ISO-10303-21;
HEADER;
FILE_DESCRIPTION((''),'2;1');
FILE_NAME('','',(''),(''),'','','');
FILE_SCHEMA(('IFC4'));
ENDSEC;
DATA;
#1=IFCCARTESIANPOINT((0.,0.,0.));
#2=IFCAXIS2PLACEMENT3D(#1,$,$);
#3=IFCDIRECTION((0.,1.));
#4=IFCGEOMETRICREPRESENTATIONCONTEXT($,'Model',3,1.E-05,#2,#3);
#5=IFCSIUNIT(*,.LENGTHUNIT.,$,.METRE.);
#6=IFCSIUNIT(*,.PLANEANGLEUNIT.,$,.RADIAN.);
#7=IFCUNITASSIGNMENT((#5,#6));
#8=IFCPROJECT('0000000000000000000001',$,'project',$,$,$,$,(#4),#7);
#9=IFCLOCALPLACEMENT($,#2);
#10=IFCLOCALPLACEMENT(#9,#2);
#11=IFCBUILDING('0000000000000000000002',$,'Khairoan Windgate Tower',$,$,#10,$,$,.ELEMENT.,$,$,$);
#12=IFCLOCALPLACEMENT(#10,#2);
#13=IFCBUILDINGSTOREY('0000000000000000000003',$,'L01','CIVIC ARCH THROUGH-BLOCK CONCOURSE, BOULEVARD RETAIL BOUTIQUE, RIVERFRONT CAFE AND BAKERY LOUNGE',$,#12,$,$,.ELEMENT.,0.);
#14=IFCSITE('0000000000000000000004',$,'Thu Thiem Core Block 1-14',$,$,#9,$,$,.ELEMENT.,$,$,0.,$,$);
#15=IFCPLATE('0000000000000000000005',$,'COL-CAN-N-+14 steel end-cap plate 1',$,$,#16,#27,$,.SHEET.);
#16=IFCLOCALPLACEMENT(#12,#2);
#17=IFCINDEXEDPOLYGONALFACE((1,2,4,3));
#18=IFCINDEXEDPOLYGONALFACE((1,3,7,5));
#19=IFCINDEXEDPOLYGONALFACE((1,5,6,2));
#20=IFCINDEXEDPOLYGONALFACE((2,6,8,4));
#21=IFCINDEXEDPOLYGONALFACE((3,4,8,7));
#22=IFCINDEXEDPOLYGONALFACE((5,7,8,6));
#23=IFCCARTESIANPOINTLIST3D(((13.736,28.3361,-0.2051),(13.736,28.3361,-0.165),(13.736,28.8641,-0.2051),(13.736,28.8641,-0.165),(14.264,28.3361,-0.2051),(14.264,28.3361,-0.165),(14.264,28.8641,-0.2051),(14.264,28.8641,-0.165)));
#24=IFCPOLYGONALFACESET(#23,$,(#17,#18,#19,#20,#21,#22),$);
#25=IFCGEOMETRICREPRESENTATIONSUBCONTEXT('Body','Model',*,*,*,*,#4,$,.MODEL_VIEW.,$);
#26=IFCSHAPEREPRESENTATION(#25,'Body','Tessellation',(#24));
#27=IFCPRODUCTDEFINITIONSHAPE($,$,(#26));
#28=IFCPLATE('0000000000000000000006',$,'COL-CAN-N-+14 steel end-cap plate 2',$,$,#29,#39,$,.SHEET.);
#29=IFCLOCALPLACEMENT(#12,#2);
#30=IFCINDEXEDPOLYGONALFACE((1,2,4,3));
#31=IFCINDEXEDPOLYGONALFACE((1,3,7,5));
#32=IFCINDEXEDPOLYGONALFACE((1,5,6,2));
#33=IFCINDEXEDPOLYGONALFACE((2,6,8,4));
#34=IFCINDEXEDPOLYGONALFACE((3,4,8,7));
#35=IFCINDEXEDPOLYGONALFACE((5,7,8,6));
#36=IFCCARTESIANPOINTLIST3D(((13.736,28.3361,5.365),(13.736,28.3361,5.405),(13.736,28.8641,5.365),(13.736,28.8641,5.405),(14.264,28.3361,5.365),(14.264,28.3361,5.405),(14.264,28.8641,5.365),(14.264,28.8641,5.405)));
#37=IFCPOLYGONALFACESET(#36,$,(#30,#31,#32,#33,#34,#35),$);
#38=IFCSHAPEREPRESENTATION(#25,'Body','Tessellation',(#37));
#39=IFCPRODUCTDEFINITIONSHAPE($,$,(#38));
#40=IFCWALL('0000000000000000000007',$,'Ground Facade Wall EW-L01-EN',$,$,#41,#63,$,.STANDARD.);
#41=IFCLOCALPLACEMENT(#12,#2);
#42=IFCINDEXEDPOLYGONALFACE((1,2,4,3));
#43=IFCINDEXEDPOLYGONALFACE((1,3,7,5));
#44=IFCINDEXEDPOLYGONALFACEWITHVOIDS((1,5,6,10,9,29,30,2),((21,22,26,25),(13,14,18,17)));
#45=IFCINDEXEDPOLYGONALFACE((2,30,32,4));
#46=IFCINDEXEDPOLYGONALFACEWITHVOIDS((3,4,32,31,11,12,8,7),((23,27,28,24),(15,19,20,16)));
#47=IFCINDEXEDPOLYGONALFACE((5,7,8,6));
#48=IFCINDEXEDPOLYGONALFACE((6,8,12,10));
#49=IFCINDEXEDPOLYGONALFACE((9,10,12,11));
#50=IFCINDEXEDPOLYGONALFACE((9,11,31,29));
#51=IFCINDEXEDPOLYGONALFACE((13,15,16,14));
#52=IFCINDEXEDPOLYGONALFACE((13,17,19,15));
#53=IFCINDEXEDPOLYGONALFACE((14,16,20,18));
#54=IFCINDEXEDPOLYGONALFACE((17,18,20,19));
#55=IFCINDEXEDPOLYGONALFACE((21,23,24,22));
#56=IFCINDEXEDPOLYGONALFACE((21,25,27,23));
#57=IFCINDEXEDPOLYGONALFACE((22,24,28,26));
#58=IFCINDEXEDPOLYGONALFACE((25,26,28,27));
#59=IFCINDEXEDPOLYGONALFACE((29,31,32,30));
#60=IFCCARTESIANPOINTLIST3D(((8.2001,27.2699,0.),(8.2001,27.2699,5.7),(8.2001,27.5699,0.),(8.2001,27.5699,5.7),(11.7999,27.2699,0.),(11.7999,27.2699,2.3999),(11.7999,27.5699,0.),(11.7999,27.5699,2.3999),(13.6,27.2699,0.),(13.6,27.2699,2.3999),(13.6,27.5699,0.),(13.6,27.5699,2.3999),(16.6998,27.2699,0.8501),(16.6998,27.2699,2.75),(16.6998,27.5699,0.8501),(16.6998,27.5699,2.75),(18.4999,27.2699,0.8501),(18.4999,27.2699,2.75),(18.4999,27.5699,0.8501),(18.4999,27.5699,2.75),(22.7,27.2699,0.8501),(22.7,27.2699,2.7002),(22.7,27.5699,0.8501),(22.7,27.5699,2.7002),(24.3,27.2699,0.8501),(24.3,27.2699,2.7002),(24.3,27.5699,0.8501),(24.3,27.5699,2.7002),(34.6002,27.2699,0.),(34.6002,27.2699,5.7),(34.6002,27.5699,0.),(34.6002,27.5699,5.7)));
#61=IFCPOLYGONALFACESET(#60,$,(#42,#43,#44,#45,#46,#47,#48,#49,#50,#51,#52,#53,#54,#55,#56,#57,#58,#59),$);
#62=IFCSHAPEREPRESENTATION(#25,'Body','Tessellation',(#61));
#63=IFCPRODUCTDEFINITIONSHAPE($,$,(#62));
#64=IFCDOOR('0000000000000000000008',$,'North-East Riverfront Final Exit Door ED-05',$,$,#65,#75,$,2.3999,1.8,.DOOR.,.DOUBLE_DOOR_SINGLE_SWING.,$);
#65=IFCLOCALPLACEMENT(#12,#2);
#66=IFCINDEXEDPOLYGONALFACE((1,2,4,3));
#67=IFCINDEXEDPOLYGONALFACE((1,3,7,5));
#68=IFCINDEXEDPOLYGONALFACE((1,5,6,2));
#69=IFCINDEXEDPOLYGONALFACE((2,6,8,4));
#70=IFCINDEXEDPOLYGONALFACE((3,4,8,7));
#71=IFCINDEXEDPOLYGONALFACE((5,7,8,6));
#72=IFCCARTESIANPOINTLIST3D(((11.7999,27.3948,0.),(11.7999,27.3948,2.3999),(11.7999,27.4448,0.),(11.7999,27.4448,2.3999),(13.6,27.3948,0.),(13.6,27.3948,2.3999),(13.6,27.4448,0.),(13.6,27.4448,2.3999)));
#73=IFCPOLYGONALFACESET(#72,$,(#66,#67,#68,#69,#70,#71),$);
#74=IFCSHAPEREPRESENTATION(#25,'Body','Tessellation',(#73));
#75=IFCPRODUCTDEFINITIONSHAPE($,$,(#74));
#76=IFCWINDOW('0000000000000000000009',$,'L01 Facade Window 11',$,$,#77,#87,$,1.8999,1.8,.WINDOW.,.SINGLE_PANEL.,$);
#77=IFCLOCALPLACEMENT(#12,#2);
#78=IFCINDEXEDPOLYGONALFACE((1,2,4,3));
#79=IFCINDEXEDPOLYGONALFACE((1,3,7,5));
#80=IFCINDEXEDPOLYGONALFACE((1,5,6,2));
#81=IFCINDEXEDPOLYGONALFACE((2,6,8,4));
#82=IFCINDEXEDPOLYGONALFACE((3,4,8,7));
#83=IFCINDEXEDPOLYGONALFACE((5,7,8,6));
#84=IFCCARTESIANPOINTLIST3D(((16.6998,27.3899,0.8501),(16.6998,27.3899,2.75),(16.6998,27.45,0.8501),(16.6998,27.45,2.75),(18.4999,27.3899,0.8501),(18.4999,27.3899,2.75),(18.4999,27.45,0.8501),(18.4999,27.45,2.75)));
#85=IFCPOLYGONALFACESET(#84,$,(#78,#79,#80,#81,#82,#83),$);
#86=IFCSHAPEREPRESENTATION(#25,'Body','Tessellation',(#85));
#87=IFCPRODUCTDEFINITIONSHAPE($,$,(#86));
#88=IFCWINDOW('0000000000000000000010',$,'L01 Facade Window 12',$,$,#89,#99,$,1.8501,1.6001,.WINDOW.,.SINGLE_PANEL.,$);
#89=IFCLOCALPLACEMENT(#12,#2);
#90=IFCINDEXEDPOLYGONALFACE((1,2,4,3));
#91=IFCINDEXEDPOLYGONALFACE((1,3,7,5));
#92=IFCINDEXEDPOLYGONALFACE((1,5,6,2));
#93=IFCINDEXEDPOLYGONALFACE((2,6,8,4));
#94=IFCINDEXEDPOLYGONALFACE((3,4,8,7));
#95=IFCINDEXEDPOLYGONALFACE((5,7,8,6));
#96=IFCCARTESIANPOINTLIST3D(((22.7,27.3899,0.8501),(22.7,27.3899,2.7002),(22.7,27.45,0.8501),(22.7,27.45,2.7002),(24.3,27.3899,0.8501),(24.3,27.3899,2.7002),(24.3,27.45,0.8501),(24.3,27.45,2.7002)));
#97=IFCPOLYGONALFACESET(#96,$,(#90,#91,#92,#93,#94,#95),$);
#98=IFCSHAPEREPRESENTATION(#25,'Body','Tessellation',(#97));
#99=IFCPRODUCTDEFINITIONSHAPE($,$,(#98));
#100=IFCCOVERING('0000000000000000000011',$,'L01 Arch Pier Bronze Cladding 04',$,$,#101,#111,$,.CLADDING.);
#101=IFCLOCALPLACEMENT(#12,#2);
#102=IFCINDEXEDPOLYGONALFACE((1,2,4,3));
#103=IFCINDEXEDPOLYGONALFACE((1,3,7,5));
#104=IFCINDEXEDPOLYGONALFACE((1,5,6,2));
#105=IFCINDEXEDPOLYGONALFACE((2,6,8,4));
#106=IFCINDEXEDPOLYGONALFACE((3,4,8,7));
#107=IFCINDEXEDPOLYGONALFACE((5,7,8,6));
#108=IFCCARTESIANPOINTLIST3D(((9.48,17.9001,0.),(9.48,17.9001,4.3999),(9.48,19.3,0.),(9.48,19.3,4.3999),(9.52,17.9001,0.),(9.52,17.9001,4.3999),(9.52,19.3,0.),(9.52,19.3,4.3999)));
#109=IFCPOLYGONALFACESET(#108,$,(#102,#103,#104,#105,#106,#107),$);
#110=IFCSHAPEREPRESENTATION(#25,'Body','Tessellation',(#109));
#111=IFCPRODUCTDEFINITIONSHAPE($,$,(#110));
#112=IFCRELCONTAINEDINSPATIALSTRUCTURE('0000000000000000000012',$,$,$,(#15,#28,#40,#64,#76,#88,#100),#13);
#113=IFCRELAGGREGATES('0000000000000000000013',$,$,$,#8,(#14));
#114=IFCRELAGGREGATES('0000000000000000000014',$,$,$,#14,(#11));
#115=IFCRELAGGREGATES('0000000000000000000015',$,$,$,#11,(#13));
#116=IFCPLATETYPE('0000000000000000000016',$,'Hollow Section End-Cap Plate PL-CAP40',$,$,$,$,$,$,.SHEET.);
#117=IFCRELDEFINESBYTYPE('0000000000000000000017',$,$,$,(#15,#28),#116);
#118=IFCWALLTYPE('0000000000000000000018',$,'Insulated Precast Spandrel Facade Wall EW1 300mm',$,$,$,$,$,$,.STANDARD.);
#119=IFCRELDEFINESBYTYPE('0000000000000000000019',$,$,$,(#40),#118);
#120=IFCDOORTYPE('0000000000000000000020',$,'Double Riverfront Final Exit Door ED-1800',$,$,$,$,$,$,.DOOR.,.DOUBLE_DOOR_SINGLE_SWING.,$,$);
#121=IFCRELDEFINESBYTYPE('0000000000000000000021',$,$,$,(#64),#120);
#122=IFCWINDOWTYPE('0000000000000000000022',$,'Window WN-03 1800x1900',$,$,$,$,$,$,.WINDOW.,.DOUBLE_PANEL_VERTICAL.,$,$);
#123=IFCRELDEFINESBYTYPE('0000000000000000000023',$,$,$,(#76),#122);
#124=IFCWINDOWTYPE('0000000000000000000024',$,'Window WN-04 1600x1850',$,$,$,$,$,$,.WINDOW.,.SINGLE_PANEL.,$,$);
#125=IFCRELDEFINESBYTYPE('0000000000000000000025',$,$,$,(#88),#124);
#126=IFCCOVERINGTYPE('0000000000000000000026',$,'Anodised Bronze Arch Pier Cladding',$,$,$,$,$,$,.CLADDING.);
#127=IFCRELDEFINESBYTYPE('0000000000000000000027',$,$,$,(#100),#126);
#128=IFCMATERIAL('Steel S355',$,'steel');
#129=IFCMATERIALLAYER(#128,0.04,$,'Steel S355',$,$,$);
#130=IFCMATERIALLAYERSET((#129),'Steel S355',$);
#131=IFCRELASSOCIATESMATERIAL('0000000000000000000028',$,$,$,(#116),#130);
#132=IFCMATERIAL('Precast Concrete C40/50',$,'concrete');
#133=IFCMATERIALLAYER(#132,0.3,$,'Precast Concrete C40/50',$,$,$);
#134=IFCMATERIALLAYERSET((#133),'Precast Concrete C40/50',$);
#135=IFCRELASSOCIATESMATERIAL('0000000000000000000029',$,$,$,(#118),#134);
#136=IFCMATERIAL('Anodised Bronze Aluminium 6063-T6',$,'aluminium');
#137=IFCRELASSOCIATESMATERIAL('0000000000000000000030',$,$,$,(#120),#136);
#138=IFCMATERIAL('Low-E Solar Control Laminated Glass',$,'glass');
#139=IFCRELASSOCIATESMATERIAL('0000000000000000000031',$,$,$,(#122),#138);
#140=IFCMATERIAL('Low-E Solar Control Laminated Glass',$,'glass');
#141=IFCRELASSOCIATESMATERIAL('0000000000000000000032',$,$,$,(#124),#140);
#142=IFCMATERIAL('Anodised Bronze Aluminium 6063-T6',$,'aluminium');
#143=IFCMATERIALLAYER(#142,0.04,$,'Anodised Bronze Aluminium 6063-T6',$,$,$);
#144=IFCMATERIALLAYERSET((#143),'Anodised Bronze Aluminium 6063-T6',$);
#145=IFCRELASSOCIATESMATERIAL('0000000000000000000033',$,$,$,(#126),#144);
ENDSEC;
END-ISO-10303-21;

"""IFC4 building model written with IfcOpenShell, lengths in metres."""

from ifc_helpers import new_model, si_unit, direction, frame, frame_2d, origin, origin_2d, place, context, subcontext, project, spatial, rectangle, extrude, material, layer, layer_set, type_object, element, fill, save


model = new_model("IFC4")

# Units and contexts
model_context = context("Model", 3, precision=1e-05, world=origin(), true_north=direction((0.0, 1.0)))
body_context = subcontext(model_context, "Body", "Model", "MODEL_VIEW")
ifc_project = project(units=[si_unit("LENGTHUNIT", "METRE"), si_unit("PLANEANGLEUNIT", "RADIAN")], contexts=[model_context])

# Site, building, storey
site_placement = place(None, origin())
site = spatial("IfcSite", under=ifc_project, at=site_placement, Name="Thu Thiem Core Block 1-14", CompositionType="ELEMENT", RefElevation=0.0)
building_placement = place(site_placement, origin())
building = spatial("IfcBuilding", under=site, at=building_placement, Name="Khairoan Windgate Tower", CompositionType="ELEMENT")
storey_placement = place(building_placement, origin())
storey = spatial("IfcBuildingStorey", under=building, at=storey_placement, Name="L01", Description="CIVIC ARCH THROUGH-BLOCK CONCOURSE, BOULEVARD RETAIL BOUTIQUE, RIVERFRONT CAFE AND BAKERY LOUNGE", CompositionType="ELEMENT", Elevation=0.0)

# Plates
ifc_material_1 = material(Name="Steel S355", Category="steel")
ifc_layer_1 = layer(ifc_material_1, 0.04, Name="Steel S355")
ifc_layer_set_1 = layer_set([ifc_layer_1], Name="Steel S355")
plate_type = type_object("IfcPlateType", Name="Hollow Section End-Cap Plate PL-CAP40", PredefinedType="SHEET", material=ifc_layer_set_1)
for number, where, z_axis, x_axis, name in (
    (1, (14.0, 28.6001, -0.2051), (0.0, 0.0, 1.0), (1.0, 0.0, 0.0), "COL-CAN-N-+14 steel end-cap plate 1"),
    (2, (14.0, 28.6001, 5.365), (0.0, 0.0, 1.0), (1.0, 0.0, 0.0), "COL-CAN-N-+14 steel end-cap plate 2"),
):
    element("IfcPlate", number, at=place(storey_placement, frame(where, z_axis=z_axis, x_axis=x_axis)), inside=storey, type_object=plate_type, Name=name, PredefinedType="SHEET", context=body_context, shape_type="SweptSolid", body=[
        extrude(rectangle(XDim=0.5281, YDim=0.5281, at=origin_2d()), origin(), (0.0, 0.0, 1.0), 0.04),
    ])

# Wall, openings, door, windows
ifc_material_2 = material(Name="Precast Concrete C40/50", Category="concrete")
ifc_layer_2 = layer(ifc_material_2, 0.3, Name="Precast Concrete C40/50")
ifc_layer_set_2 = layer_set([ifc_layer_2], Name="Precast Concrete C40/50")
wall_type = type_object("IfcWallType", Name="Insulated Precast Spandrel Facade Wall EW1 300mm", PredefinedType="STANDARD", material=ifc_layer_set_2)
wall_placement = place(storey_placement, frame((8.2, 27.4199, 0.0), z_axis=(0.0, 0.0, 1.0), x_axis=(1.0, 0.0, 0.0)))
wall = element("IfcWall", 3, at=wall_placement, inside=storey, type_object=wall_type, Name="Ground Facade Wall EW-L01-EN", PredefinedType="STANDARD", context=body_context, shape_type="SweptSolid", body=[
    extrude(rectangle(XDim=26.4001, YDim=0.3, at=frame_2d((13.2002, 0.0))), origin(), (0.0, 0.0, 1.0), 5.7),
])
opening_1_placement = place(wall_placement, frame((3.6001, 0.0, 0.0)))
opening_1 = element("IfcOpeningElement", 4, at=opening_1_placement, cuts=wall, PredefinedType="OPENING", context=body_context, shape_type="SweptSolid", body=[
    extrude(rectangle(XDim=1.8, YDim=2.3999, at=frame_2d((0.8999, 1.2))), frame((0.0, 0.1599, 0.0), z_axis=(0.0, -1.0, 0.0), x_axis=(1.0, 0.0, 0.0)), (0.0, 0.0, 1.0), 0.3201),
])
opening_2_placement = place(wall_placement, frame((8.5, 0.0, 0.8501)))
opening_2 = element("IfcOpeningElement", 5, at=opening_2_placement, cuts=wall, PredefinedType="OPENING", context=body_context, shape_type="SweptSolid", body=[
    extrude(rectangle(XDim=1.8, YDim=1.8999, at=frame_2d((0.8999, 0.95))), frame((0.0, 0.1599, 0.0), z_axis=(0.0, -1.0, 0.0), x_axis=(1.0, 0.0, 0.0)), (0.0, 0.0, 1.0), 0.3201),
])
opening_3_placement = place(wall_placement, frame((14.5, 0.0, 0.8501)))
opening_3 = element("IfcOpeningElement", 6, at=opening_3_placement, cuts=wall, PredefinedType="OPENING", context=body_context, shape_type="SweptSolid", body=[
    extrude(rectangle(XDim=1.6001, YDim=1.8501, at=frame_2d((0.8, 0.925))), frame((0.0, 0.1599, 0.0), z_axis=(0.0, -1.0, 0.0), x_axis=(1.0, 0.0, 0.0)), (0.0, 0.0, 1.0), 0.3201),
])
ifc_material_3 = material(Name="Anodised Bronze Aluminium 6063-T6", Category="aluminium")
door_type = type_object("IfcDoorType", Name="Double Riverfront Final Exit Door ED-1800", OperationType="DOUBLE_DOOR_SINGLE_SWING", PredefinedType="DOOR", material=ifc_material_3)
door_placement = place(opening_1_placement, origin())
door = element("IfcDoor", 7, at=door_placement, inside=storey, type_object=door_type, Name="North-East Riverfront Final Exit Door ED-05", OperationType="DOUBLE_DOOR_SINGLE_SWING", OverallHeight=2.3999, OverallWidth=1.8, PredefinedType="DOOR", context=body_context, shape_type="SweptSolid", body=[
    extrude(rectangle(XDim=1.8, YDim=2.3999, at=frame_2d((0.8999, 1.2))), frame((0.0, 0.0249, 0.0), z_axis=(0.0, -1.0, 0.0), x_axis=(1.0, 0.0, 0.0)), (0.0, 0.0, 1.0), 0.05),
])
fill(opening_1, door)
ifc_material_4 = material(Name="Low-E Solar Control Laminated Glass", Category="glass")
window_type_1 = type_object("IfcWindowType", Name="Window WN-03 1800x1900", PartitioningType="DOUBLE_PANEL_VERTICAL", PredefinedType="WINDOW", material=ifc_material_4)
window_1_placement = place(opening_2_placement, origin())
window_1 = element("IfcWindow", 8, at=window_1_placement, inside=storey, type_object=window_type_1, Name="L01 Facade Window 11", OverallHeight=1.8999, OverallWidth=1.8, PartitioningType="SINGLE_PANEL", PredefinedType="WINDOW", context=body_context, shape_type="SweptSolid", body=[
    extrude(rectangle(XDim=1.8, YDim=1.8999, at=frame_2d((0.8999, 0.95))), frame((0.0, 0.03, 0.0), z_axis=(0.0, -1.0, 0.0), x_axis=(1.0, 0.0, 0.0)), (0.0, 0.0, 1.0), 0.0601),
])
fill(opening_2, window_1)
ifc_material_5 = material(Name="Low-E Solar Control Laminated Glass", Category="glass")
window_type_2 = type_object("IfcWindowType", Name="Window WN-04 1600x1850", PartitioningType="SINGLE_PANEL", PredefinedType="WINDOW", material=ifc_material_5)
window_2_placement = place(opening_3_placement, origin())
window_2 = element("IfcWindow", 9, at=window_2_placement, inside=storey, type_object=window_type_2, Name="L01 Facade Window 12", OverallHeight=1.8501, OverallWidth=1.6001, PartitioningType="SINGLE_PANEL", PredefinedType="WINDOW", context=body_context, shape_type="SweptSolid", body=[
    extrude(rectangle(XDim=1.6001, YDim=1.8501, at=frame_2d((0.8, 0.925))), frame((0.0, 0.03, 0.0), z_axis=(0.0, -1.0, 0.0), x_axis=(1.0, 0.0, 0.0)), (0.0, 0.0, 1.0), 0.0601),
])
fill(opening_3, window_2)

# Covering
ifc_material_6 = material(Name="Anodised Bronze Aluminium 6063-T6", Category="aluminium")
ifc_layer_3 = layer(ifc_material_6, 0.04, Name="Anodised Bronze Aluminium 6063-T6")
ifc_layer_set_3 = layer_set([ifc_layer_3], Name="Anodised Bronze Aluminium 6063-T6")
covering_type = type_object("IfcCoveringType", Name="Anodised Bronze Arch Pier Cladding", PredefinedType="CLADDING", material=ifc_layer_set_3)
covering_placement = place(storey_placement, frame((9.5, 18.6001, 0.0), z_axis=(0.0, 0.0, 1.0), x_axis=(1.0, 0.0, 0.0)))
element("IfcCovering", 10, at=covering_placement, inside=storey, type_object=covering_type, Name="L01 Arch Pier Bronze Cladding 04", PredefinedType="CLADDING", context=body_context, shape_type="SweptSolid", body=[
    extrude(rectangle(XDim=0.04, YDim=1.3999, at=origin_2d()), origin(), (0.0, 0.0, 1.0), 4.3999),
])

save(model, "model.ifc")
